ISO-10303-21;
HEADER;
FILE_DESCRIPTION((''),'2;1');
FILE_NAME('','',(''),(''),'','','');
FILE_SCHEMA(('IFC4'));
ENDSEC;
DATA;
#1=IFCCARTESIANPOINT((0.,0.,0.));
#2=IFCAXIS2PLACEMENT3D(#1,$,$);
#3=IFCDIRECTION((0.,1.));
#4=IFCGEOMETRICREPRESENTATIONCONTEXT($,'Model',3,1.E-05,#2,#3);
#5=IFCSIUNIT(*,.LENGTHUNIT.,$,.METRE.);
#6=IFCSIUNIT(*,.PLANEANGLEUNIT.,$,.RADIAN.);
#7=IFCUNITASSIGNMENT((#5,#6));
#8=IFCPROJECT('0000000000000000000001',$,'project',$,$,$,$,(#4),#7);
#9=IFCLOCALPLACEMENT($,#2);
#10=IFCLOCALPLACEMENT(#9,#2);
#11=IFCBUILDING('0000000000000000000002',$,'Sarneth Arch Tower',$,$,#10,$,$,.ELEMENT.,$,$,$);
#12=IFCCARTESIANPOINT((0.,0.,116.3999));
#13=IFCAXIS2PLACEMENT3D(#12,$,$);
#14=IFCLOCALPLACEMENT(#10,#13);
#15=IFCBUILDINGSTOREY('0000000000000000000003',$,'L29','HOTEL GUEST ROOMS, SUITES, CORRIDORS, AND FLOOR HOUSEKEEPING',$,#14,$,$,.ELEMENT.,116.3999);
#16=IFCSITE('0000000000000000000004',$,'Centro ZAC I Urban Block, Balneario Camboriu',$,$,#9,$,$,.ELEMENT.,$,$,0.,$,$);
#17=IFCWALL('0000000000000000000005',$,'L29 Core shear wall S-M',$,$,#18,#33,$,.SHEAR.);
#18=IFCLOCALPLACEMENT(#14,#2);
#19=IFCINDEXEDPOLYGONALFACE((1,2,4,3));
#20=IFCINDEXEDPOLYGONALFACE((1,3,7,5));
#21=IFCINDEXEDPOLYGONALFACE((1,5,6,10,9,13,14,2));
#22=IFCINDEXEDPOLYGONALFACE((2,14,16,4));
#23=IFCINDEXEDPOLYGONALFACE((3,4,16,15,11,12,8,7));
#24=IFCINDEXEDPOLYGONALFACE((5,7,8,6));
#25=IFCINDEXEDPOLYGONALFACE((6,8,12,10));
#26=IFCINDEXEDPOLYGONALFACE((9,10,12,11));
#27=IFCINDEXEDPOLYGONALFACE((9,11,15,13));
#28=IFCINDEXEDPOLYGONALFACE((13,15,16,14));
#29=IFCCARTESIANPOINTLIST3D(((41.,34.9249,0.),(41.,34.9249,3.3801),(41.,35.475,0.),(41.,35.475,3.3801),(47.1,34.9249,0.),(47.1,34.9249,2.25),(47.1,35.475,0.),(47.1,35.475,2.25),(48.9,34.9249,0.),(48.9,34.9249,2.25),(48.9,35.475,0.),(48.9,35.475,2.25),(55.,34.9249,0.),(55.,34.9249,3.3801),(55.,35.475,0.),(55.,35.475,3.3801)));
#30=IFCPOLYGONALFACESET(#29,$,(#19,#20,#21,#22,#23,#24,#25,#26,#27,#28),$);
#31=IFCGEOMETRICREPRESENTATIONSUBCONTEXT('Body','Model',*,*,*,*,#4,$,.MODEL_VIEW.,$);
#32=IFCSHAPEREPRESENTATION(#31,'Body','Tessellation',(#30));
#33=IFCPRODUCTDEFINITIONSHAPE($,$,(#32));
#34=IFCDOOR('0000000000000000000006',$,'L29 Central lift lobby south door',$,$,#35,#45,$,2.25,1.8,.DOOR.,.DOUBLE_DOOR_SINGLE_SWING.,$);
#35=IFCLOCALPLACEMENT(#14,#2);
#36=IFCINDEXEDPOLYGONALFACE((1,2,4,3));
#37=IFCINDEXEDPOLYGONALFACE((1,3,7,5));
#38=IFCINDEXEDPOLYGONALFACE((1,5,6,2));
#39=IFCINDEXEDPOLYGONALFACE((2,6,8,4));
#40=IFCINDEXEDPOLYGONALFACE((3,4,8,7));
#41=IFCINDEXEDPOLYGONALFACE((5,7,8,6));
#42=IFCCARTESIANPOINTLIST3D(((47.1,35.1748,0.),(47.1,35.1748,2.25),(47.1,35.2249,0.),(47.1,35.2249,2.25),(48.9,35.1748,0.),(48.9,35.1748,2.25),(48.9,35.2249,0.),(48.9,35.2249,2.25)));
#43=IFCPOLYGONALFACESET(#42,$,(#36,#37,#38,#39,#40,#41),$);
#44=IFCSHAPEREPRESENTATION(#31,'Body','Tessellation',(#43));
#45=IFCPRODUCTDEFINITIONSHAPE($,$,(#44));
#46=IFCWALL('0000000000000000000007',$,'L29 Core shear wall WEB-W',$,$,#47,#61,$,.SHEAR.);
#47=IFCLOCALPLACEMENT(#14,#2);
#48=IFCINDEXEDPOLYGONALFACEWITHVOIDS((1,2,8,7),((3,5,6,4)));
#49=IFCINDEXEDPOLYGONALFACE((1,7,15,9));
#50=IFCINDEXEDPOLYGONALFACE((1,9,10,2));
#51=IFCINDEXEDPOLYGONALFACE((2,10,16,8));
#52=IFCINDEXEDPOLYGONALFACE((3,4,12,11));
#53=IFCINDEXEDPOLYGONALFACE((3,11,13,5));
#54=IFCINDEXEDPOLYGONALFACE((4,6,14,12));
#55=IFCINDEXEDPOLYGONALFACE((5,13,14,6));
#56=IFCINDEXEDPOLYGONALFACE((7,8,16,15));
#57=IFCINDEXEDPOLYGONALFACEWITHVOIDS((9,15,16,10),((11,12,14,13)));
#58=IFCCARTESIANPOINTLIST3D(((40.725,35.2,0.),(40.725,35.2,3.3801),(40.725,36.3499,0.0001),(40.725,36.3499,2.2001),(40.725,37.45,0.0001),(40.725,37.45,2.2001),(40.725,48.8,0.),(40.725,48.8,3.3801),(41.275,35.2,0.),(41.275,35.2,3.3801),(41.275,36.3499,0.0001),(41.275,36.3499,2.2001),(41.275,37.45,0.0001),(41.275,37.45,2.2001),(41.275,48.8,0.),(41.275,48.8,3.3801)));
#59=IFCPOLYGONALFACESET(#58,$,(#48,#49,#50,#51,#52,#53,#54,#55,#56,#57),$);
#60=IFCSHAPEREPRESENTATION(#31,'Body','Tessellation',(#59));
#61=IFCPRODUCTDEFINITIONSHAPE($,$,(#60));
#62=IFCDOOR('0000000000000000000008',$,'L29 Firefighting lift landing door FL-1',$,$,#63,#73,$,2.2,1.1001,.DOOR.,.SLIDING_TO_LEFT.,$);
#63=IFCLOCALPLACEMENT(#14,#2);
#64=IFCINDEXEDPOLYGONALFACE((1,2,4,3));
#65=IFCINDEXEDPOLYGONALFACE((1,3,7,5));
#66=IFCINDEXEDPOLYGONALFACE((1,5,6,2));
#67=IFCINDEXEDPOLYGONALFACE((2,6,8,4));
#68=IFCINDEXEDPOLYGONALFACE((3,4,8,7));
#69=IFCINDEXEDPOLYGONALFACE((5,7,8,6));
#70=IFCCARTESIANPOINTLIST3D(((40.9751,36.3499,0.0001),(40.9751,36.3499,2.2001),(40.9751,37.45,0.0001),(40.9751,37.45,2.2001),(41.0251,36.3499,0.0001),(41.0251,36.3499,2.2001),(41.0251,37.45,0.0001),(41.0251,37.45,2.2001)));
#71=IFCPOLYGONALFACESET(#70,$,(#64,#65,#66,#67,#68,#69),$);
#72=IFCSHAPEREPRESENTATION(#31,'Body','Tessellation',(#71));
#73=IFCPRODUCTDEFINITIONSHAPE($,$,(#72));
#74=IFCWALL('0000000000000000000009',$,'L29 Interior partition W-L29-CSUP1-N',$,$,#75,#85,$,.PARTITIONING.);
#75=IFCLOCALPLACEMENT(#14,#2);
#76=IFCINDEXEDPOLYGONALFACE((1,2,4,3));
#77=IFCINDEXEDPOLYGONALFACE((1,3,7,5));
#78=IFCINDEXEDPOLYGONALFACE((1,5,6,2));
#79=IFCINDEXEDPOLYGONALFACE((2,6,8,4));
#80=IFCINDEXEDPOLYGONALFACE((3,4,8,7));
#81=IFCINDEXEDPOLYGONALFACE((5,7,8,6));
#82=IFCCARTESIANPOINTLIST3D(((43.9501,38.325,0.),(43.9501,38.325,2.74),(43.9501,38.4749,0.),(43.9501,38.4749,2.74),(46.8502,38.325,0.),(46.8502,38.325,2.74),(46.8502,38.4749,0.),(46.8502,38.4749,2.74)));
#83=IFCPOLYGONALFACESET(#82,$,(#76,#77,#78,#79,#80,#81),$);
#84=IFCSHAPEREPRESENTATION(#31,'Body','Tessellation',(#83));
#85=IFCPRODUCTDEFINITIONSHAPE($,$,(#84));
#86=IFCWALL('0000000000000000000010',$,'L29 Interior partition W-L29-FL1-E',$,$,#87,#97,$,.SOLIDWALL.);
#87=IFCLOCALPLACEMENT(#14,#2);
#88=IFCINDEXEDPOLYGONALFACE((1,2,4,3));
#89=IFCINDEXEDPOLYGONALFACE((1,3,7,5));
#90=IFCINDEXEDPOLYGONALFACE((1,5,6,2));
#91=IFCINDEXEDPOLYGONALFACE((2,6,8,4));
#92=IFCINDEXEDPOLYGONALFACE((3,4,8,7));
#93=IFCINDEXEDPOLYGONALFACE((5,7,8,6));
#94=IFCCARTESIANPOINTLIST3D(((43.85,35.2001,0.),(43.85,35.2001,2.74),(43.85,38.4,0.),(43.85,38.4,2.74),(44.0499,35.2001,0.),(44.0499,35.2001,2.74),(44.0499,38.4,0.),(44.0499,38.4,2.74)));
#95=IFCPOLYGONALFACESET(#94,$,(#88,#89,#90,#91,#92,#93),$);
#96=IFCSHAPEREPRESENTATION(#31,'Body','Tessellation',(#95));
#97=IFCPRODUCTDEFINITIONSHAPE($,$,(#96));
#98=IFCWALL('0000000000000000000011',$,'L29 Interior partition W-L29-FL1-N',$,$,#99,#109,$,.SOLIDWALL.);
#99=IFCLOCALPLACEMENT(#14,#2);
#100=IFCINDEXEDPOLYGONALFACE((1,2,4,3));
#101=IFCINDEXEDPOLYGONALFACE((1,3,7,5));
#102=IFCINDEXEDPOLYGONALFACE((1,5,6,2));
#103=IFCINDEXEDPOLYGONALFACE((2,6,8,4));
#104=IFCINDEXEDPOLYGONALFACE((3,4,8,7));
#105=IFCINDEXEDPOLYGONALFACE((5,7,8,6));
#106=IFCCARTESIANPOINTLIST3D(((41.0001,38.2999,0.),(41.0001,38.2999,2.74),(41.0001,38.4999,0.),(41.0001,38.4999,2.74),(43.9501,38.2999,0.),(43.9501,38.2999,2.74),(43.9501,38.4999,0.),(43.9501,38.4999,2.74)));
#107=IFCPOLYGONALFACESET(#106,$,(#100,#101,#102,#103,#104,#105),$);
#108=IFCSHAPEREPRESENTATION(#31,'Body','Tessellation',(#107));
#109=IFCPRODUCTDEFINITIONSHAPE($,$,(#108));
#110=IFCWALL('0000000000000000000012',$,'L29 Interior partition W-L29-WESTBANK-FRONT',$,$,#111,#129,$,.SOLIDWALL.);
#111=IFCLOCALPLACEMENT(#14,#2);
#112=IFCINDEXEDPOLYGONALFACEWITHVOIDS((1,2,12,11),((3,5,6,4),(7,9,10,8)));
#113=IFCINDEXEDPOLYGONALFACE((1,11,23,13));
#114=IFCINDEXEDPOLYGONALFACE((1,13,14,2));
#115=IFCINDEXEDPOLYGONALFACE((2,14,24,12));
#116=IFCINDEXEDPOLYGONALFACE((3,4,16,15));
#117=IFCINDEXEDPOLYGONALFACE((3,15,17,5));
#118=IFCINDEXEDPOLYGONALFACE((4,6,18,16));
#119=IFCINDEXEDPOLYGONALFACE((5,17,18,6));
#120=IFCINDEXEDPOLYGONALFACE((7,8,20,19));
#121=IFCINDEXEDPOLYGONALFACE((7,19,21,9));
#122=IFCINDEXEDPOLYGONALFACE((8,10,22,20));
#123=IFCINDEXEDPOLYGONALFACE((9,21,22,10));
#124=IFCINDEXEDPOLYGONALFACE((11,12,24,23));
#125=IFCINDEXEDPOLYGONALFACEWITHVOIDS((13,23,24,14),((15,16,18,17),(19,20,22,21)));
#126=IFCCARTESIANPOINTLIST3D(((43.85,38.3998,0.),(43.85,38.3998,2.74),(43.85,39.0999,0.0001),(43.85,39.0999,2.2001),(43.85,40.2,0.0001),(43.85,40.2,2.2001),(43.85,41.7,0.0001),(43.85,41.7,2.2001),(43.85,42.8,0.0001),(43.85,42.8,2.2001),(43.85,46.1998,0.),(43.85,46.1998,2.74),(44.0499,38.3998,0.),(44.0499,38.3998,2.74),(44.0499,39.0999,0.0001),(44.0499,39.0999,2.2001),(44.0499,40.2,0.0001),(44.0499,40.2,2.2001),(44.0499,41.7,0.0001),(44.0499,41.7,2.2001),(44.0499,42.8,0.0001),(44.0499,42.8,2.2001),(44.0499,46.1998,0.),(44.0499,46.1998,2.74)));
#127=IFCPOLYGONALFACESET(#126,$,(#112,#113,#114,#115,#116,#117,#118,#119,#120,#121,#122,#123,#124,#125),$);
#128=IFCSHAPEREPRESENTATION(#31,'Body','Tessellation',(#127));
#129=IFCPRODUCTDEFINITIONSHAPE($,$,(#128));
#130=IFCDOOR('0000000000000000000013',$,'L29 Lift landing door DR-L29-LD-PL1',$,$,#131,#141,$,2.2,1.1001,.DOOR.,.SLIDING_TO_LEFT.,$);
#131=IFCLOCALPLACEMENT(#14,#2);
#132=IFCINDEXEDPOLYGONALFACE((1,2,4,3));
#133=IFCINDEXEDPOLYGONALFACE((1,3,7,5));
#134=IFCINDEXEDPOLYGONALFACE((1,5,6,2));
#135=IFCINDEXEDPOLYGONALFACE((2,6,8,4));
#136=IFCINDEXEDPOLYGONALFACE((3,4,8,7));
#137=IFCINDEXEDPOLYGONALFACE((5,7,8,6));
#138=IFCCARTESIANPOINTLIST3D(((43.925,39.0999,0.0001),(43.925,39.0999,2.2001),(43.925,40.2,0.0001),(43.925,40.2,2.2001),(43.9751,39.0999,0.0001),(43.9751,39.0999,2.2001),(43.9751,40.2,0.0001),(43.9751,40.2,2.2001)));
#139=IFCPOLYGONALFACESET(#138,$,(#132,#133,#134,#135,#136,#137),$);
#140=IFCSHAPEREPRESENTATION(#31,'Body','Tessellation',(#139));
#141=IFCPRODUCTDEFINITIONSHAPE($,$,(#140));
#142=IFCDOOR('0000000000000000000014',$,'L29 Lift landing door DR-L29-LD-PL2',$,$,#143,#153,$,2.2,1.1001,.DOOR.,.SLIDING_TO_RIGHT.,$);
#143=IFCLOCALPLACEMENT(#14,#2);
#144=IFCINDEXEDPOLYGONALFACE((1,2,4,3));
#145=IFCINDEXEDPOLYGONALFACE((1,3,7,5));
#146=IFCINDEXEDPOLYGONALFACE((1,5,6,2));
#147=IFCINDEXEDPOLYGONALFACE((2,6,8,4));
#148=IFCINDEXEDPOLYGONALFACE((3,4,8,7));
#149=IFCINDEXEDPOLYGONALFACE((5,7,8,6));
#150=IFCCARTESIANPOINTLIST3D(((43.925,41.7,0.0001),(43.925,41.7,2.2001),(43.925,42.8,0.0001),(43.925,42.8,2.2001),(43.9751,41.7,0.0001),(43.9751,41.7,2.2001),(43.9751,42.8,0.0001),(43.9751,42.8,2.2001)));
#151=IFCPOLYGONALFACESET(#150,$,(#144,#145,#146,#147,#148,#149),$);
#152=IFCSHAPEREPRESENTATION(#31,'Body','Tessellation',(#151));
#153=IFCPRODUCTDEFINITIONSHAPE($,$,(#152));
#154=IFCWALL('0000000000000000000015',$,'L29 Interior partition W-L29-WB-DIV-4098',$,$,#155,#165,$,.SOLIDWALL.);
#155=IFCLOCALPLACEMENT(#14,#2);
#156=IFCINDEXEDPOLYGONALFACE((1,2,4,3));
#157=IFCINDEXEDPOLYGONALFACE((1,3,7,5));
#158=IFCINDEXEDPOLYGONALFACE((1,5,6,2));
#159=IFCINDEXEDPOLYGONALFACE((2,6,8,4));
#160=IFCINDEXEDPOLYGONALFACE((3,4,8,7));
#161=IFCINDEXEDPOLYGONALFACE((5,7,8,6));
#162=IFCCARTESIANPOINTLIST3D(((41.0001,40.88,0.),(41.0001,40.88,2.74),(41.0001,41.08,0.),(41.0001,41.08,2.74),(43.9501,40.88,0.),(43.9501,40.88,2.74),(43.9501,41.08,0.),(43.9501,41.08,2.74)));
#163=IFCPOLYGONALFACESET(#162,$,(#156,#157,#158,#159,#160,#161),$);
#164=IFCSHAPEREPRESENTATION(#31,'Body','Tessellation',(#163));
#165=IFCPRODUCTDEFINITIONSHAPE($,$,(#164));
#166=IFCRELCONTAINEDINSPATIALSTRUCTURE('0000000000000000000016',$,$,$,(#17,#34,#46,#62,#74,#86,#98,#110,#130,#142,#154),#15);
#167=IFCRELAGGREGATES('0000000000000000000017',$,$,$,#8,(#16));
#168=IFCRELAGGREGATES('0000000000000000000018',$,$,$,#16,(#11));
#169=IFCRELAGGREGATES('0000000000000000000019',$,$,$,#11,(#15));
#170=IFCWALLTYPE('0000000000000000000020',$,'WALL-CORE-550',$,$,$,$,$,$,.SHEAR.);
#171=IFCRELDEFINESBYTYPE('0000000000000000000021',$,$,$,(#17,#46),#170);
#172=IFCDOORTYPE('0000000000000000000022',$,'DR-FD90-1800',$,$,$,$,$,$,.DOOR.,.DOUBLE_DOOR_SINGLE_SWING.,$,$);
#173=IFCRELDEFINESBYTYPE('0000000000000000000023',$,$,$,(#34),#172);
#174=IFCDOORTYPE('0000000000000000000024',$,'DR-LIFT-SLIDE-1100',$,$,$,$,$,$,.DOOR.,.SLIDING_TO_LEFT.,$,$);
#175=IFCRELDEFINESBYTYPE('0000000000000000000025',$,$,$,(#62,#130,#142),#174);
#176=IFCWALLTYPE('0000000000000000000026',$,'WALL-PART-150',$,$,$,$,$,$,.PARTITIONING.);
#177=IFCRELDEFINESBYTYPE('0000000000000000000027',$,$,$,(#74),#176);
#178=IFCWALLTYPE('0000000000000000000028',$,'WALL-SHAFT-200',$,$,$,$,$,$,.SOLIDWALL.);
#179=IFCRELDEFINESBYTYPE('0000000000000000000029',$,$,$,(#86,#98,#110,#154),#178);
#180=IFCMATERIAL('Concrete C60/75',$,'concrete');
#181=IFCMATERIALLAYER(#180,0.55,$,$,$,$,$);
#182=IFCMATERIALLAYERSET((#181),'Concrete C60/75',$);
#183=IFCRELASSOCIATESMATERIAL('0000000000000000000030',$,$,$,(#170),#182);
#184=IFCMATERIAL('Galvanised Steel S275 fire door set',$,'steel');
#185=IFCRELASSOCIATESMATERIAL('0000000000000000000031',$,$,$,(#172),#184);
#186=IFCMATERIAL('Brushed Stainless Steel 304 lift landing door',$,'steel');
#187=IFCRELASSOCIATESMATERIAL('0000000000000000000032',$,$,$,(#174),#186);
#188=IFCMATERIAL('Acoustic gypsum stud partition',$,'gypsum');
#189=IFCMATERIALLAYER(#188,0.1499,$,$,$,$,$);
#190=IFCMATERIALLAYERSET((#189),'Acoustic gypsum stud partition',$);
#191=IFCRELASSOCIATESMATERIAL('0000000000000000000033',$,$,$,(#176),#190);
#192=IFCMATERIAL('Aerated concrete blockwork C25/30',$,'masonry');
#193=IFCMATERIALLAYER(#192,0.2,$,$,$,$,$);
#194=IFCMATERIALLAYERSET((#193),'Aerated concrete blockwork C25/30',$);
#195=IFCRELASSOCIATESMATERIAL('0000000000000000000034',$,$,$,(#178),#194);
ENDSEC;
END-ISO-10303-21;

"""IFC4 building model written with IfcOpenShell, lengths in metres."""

from ifc_helpers import new_model, si_unit, direction, frame, frame_2d, origin, place, context, subcontext, project, spatial, rectangle, extrude, material, layer, layer_set, type_object, element, fill, save


model = new_model("IFC4")

# Units and contexts
model_context = context("Model", 3, precision=1e-05, world=origin(), true_north=direction((0.0, 1.0)))
body_context = subcontext(model_context, "Body", "Model", "MODEL_VIEW")
ifc_project = project(units=[si_unit("LENGTHUNIT", "METRE"), si_unit("PLANEANGLEUNIT", "RADIAN")], contexts=[model_context])

# Site, building, storey
site_placement = place(None, origin())
site = spatial("IfcSite", under=ifc_project, at=site_placement, Name="Centro ZAC I Urban Block, Balneario Camboriu", CompositionType="ELEMENT", RefElevation=0.0)
building_placement = place(site_placement, origin())
building = spatial("IfcBuilding", under=site, at=building_placement, Name="Sarneth Arch Tower", CompositionType="ELEMENT")
storey_placement = place(building_placement, frame((0.0, 0.0, 116.3999)))
storey = spatial("IfcBuildingStorey", under=building, at=storey_placement, Name="L29", Description="HOTEL GUEST ROOMS, SUITES, CORRIDORS, AND FLOOR HOUSEKEEPING", CompositionType="ELEMENT", Elevation=116.3999)

# Shared definitions
ifc_material_1 = material(Name="Concrete C60/75", Category="concrete")
ifc_layer_1 = layer(ifc_material_1, 0.55)
ifc_layer_set_1 = layer_set([ifc_layer_1], Name="Concrete C60/75")
wall_type_1 = type_object("IfcWallType", Name="WALL-CORE-550", PredefinedType="SHEAR", material=ifc_layer_set_1)

# Walls, openings, doors
wall_1_placement = place(storey_placement, frame((41.0, 35.2, 0.0), z_axis=(0.0, 0.0, 1.0), x_axis=(1.0, 0.0, 0.0)))
wall_1 = element("IfcWall", 1, at=wall_1_placement, inside=storey, type_object=wall_type_1, Name="L29 Core shear wall S-M", PredefinedType="SHEAR", context=body_context, shape_type="SweptSolid", body=[
    extrude(rectangle(XDim=14.0, YDim=0.55, at=frame_2d((7.0, 0.0))), origin(), (0.0, 0.0, 1.0), 3.3801),
])
opening_1_placement = place(wall_1_placement, frame((6.1001, 0.0, 0.0)))
opening_1 = element("IfcOpeningElement", 2, at=opening_1_placement, cuts=wall_1, PredefinedType="OPENING", context=body_context, shape_type="SweptSolid", body=[
    extrude(rectangle(XDim=1.8, YDim=2.25, at=frame_2d((0.8999, 1.125))), frame((0.0, 0.2849, 0.0), z_axis=(0.0, -1.0, 0.0), x_axis=(1.0, 0.0, 0.0)), (0.0, 0.0, 1.0), 0.5701),
])
ifc_material_2 = material(Name="Galvanised Steel S275 fire door set", Category="steel")
door_type_1 = type_object("IfcDoorType", Name="DR-FD90-1800", OperationType="DOUBLE_DOOR_SINGLE_SWING", PredefinedType="DOOR", material=ifc_material_2)
door_1_placement = place(opening_1_placement, origin())
door_1 = element("IfcDoor", 3, at=door_1_placement, inside=storey, type_object=door_type_1, Name="L29 Central lift lobby south door", OperationType="DOUBLE_DOOR_SINGLE_SWING", OverallHeight=2.25, OverallWidth=1.8, PredefinedType="DOOR", context=body_context, shape_type="SweptSolid", body=[
    extrude(rectangle(XDim=1.8, YDim=2.25, at=frame_2d((0.8999, 1.125))), frame((0.0, 0.0249, 0.0), z_axis=(0.0, -1.0, 0.0), x_axis=(1.0, 0.0, 0.0)), (0.0, 0.0, 1.0), 0.05),
])
fill(opening_1, door_1)
wall_2_placement = place(storey_placement, frame((41.0, 35.2, 0.0), z_axis=(0.0, 0.0, 1.0), x_axis=(0.0, 1.0, 0.0)))
wall_2 = element("IfcWall", 4, at=wall_2_placement, inside=storey, type_object=wall_type_1, Name="L29 Core shear wall WEB-W", PredefinedType="SHEAR", context=body_context, shape_type="SweptSolid", body=[
    extrude(rectangle(XDim=13.6001, YDim=0.55, at=frame_2d((6.8, 0.0))), origin(), (0.0, 0.0, 1.0), 3.3801),
])
opening_2_placement = place(wall_2_placement, frame((1.1499, 0.0, 0.0)))
opening_2 = element("IfcOpeningElement", 5, at=opening_2_placement, cuts=wall_2, PredefinedType="OPENING", context=body_context, shape_type="SweptSolid", body=[
    extrude(rectangle(XDim=1.1001, YDim=2.2, at=frame_2d((0.55, 1.1001))), frame((0.0, 0.2849, 0.0), z_axis=(0.0, -1.0, 0.0), x_axis=(1.0, 0.0, 0.0)), (0.0, 0.0, 1.0), 0.5701),
])
ifc_material_3 = material(Name="Brushed Stainless Steel 304 lift landing door", Category="steel")
door_type_2 = type_object("IfcDoorType", Name="DR-LIFT-SLIDE-1100", OperationType="SLIDING_TO_LEFT", PredefinedType="DOOR", material=ifc_material_3)
door_2_placement = place(opening_2_placement, origin())
door_2 = element("IfcDoor", 6, at=door_2_placement, inside=storey, type_object=door_type_2, Name="L29 Firefighting lift landing door FL-1", OperationType="SLIDING_TO_LEFT", OverallHeight=2.2, OverallWidth=1.1001, PredefinedType="DOOR", context=body_context, shape_type="SweptSolid", body=[
    extrude(rectangle(XDim=1.1001, YDim=2.2, at=frame_2d((0.55, 1.1001))), frame((0.0, 0.0249, 0.0), z_axis=(0.0, -1.0, 0.0), x_axis=(1.0, 0.0, 0.0)), (0.0, 0.0, 1.0), 0.05),
])
fill(opening_2, door_2)

# Wall
ifc_material_4 = material(Name="Acoustic gypsum stud partition", Category="gypsum")
ifc_layer_2 = layer(ifc_material_4, 0.1499)
ifc_layer_set_2 = layer_set([ifc_layer_2], Name="Acoustic gypsum stud partition")
wall_type_2 = type_object("IfcWallType", Name="WALL-PART-150", PredefinedType="PARTITIONING", material=ifc_layer_set_2)
wall_3_placement = place(storey_placement, frame((43.95, 38.3999, 0.0), z_axis=(0.0, 0.0, 1.0), x_axis=(1.0, 0.0, 0.0)))
element("IfcWall", 7, at=wall_3_placement, inside=storey, type_object=wall_type_2, Name="L29 Interior partition W-L29-CSUP1-N", PredefinedType="PARTITIONING", context=body_context, shape_type="SweptSolid", body=[
    extrude(rectangle(XDim=2.9001, YDim=0.1499, at=frame_2d((1.4502, 0.0))), origin(), (0.0, 0.0, 1.0), 2.74),
])

# Shared definitions
ifc_material_5 = material(Name="Aerated concrete blockwork C25/30", Category="masonry")
ifc_layer_3 = layer(ifc_material_5, 0.2)
ifc_layer_set_3 = layer_set([ifc_layer_3], Name="Aerated concrete blockwork C25/30")
wall_type_3 = type_object("IfcWallType", Name="WALL-SHAFT-200", PredefinedType="SOLIDWALL", material=ifc_layer_set_3)

# Walls
wall_4_placement = place(storey_placement, frame((43.95, 35.2, 0.0), z_axis=(0.0, 0.0, 1.0), x_axis=(0.0, 1.0, 0.0)))
element("IfcWall", 8, at=wall_4_placement, inside=storey, type_object=wall_type_3, Name="L29 Interior partition W-L29-FL1-E", PredefinedType="SOLIDWALL", context=body_context, shape_type="SweptSolid", body=[
    extrude(rectangle(XDim=3.2, YDim=0.2, at=frame_2d((1.6001, 0.0))), origin(), (0.0, 0.0, 1.0), 2.74),
])
wall_5_placement = place(storey_placement, frame((41.0, 38.3999, 0.0), z_axis=(0.0, 0.0, 1.0), x_axis=(1.0, 0.0, 0.0)))
element("IfcWall", 9, at=wall_5_placement, inside=storey, type_object=wall_type_3, Name="L29 Interior partition W-L29-FL1-N", PredefinedType="SOLIDWALL", context=body_context, shape_type="SweptSolid", body=[
    extrude(rectangle(XDim=2.95, YDim=0.2, at=frame_2d((1.4751, 0.0))), origin(), (0.0, 0.0, 1.0), 2.74),
])

# Wall, openings, doors
wall_6_placement = place(storey_placement, frame((43.95, 38.3999, 0.0), z_axis=(0.0, 0.0, 1.0), x_axis=(0.0, 1.0, 0.0)))
wall_6 = element("IfcWall", 10, at=wall_6_placement, inside=storey, type_object=wall_type_3, Name="L29 Interior partition W-L29-WESTBANK-FRONT", PredefinedType="SOLIDWALL", context=body_context, shape_type="SweptSolid", body=[
    extrude(rectangle(XDim=7.8, YDim=0.2, at=frame_2d((3.8999, 0.0))), origin(), (0.0, 0.0, 1.0), 2.74),
])
opening_3_placement = place(wall_6_placement, frame((0.7, 0.0, 0.0)))
opening_3 = element("IfcOpeningElement", 11, at=opening_3_placement, cuts=wall_6, PredefinedType="OPENING", context=body_context, shape_type="SweptSolid", body=[
    extrude(rectangle(XDim=1.1001, YDim=2.2, at=frame_2d((0.55, 1.1001))), frame((0.0, 0.1099, 0.0), z_axis=(0.0, -1.0, 0.0), x_axis=(1.0, 0.0, 0.0)), (0.0, 0.0, 1.0), 0.22),
])
opening_4_placement = place(wall_6_placement, frame((3.3, 0.0, 0.0)))
opening_4 = element("IfcOpeningElement", 12, at=opening_4_placement, cuts=wall_6, PredefinedType="OPENING", context=body_context, shape_type="SweptSolid", body=[
    extrude(rectangle(XDim=1.1001, YDim=2.2, at=frame_2d((0.55, 1.1001))), frame((0.0, 0.1099, 0.0), z_axis=(0.0, -1.0, 0.0), x_axis=(1.0, 0.0, 0.0)), (0.0, 0.0, 1.0), 0.22),
])
door_3_placement = place(opening_3_placement, origin())
door_3 = element("IfcDoor", 13, at=door_3_placement, inside=storey, type_object=door_type_2, Name="L29 Lift landing door DR-L29-LD-PL1", OperationType="SLIDING_TO_LEFT", OverallHeight=2.2, OverallWidth=1.1001, PredefinedType="DOOR", context=body_context, shape_type="SweptSolid", body=[
    extrude(rectangle(XDim=1.1001, YDim=2.2, at=frame_2d((0.55, 1.1001))), frame((0.0, 0.0249, 0.0), z_axis=(0.0, -1.0, 0.0), x_axis=(1.0, 0.0, 0.0)), (0.0, 0.0, 1.0), 0.05),
])
fill(opening_3, door_3)
door_4_placement = place(opening_4_placement, origin())
door_4 = element("IfcDoor", 14, at=door_4_placement, inside=storey, type_object=door_type_2, Name="L29 Lift landing door DR-L29-LD-PL2", OperationType="SLIDING_TO_RIGHT", OverallHeight=2.2, OverallWidth=1.1001, PredefinedType="DOOR", context=body_context, shape_type="SweptSolid", body=[
    extrude(rectangle(XDim=1.1001, YDim=2.2, at=frame_2d((0.55, 1.1001))), frame((0.0, 0.0249, 0.0), z_axis=(0.0, -1.0, 0.0), x_axis=(1.0, 0.0, 0.0)), (0.0, 0.0, 1.0), 0.05),
])
fill(opening_4, door_4)

# Wall
wall_7_placement = place(storey_placement, frame((41.0, 40.98, 0.0), z_axis=(0.0, 0.0, 1.0), x_axis=(1.0, 0.0, 0.0)))
element("IfcWall", 15, at=wall_7_placement, inside=storey, type_object=wall_type_3, Name="L29 Interior partition W-L29-WB-DIV-4098", PredefinedType="SOLIDWALL", context=body_context, shape_type="SweptSolid", body=[
    extrude(rectangle(XDim=2.95, YDim=0.2, at=frame_2d((1.4751, 0.0))), origin(), (0.0, 0.0, 1.0), 2.74),
])

save(model, "model.ifc")
